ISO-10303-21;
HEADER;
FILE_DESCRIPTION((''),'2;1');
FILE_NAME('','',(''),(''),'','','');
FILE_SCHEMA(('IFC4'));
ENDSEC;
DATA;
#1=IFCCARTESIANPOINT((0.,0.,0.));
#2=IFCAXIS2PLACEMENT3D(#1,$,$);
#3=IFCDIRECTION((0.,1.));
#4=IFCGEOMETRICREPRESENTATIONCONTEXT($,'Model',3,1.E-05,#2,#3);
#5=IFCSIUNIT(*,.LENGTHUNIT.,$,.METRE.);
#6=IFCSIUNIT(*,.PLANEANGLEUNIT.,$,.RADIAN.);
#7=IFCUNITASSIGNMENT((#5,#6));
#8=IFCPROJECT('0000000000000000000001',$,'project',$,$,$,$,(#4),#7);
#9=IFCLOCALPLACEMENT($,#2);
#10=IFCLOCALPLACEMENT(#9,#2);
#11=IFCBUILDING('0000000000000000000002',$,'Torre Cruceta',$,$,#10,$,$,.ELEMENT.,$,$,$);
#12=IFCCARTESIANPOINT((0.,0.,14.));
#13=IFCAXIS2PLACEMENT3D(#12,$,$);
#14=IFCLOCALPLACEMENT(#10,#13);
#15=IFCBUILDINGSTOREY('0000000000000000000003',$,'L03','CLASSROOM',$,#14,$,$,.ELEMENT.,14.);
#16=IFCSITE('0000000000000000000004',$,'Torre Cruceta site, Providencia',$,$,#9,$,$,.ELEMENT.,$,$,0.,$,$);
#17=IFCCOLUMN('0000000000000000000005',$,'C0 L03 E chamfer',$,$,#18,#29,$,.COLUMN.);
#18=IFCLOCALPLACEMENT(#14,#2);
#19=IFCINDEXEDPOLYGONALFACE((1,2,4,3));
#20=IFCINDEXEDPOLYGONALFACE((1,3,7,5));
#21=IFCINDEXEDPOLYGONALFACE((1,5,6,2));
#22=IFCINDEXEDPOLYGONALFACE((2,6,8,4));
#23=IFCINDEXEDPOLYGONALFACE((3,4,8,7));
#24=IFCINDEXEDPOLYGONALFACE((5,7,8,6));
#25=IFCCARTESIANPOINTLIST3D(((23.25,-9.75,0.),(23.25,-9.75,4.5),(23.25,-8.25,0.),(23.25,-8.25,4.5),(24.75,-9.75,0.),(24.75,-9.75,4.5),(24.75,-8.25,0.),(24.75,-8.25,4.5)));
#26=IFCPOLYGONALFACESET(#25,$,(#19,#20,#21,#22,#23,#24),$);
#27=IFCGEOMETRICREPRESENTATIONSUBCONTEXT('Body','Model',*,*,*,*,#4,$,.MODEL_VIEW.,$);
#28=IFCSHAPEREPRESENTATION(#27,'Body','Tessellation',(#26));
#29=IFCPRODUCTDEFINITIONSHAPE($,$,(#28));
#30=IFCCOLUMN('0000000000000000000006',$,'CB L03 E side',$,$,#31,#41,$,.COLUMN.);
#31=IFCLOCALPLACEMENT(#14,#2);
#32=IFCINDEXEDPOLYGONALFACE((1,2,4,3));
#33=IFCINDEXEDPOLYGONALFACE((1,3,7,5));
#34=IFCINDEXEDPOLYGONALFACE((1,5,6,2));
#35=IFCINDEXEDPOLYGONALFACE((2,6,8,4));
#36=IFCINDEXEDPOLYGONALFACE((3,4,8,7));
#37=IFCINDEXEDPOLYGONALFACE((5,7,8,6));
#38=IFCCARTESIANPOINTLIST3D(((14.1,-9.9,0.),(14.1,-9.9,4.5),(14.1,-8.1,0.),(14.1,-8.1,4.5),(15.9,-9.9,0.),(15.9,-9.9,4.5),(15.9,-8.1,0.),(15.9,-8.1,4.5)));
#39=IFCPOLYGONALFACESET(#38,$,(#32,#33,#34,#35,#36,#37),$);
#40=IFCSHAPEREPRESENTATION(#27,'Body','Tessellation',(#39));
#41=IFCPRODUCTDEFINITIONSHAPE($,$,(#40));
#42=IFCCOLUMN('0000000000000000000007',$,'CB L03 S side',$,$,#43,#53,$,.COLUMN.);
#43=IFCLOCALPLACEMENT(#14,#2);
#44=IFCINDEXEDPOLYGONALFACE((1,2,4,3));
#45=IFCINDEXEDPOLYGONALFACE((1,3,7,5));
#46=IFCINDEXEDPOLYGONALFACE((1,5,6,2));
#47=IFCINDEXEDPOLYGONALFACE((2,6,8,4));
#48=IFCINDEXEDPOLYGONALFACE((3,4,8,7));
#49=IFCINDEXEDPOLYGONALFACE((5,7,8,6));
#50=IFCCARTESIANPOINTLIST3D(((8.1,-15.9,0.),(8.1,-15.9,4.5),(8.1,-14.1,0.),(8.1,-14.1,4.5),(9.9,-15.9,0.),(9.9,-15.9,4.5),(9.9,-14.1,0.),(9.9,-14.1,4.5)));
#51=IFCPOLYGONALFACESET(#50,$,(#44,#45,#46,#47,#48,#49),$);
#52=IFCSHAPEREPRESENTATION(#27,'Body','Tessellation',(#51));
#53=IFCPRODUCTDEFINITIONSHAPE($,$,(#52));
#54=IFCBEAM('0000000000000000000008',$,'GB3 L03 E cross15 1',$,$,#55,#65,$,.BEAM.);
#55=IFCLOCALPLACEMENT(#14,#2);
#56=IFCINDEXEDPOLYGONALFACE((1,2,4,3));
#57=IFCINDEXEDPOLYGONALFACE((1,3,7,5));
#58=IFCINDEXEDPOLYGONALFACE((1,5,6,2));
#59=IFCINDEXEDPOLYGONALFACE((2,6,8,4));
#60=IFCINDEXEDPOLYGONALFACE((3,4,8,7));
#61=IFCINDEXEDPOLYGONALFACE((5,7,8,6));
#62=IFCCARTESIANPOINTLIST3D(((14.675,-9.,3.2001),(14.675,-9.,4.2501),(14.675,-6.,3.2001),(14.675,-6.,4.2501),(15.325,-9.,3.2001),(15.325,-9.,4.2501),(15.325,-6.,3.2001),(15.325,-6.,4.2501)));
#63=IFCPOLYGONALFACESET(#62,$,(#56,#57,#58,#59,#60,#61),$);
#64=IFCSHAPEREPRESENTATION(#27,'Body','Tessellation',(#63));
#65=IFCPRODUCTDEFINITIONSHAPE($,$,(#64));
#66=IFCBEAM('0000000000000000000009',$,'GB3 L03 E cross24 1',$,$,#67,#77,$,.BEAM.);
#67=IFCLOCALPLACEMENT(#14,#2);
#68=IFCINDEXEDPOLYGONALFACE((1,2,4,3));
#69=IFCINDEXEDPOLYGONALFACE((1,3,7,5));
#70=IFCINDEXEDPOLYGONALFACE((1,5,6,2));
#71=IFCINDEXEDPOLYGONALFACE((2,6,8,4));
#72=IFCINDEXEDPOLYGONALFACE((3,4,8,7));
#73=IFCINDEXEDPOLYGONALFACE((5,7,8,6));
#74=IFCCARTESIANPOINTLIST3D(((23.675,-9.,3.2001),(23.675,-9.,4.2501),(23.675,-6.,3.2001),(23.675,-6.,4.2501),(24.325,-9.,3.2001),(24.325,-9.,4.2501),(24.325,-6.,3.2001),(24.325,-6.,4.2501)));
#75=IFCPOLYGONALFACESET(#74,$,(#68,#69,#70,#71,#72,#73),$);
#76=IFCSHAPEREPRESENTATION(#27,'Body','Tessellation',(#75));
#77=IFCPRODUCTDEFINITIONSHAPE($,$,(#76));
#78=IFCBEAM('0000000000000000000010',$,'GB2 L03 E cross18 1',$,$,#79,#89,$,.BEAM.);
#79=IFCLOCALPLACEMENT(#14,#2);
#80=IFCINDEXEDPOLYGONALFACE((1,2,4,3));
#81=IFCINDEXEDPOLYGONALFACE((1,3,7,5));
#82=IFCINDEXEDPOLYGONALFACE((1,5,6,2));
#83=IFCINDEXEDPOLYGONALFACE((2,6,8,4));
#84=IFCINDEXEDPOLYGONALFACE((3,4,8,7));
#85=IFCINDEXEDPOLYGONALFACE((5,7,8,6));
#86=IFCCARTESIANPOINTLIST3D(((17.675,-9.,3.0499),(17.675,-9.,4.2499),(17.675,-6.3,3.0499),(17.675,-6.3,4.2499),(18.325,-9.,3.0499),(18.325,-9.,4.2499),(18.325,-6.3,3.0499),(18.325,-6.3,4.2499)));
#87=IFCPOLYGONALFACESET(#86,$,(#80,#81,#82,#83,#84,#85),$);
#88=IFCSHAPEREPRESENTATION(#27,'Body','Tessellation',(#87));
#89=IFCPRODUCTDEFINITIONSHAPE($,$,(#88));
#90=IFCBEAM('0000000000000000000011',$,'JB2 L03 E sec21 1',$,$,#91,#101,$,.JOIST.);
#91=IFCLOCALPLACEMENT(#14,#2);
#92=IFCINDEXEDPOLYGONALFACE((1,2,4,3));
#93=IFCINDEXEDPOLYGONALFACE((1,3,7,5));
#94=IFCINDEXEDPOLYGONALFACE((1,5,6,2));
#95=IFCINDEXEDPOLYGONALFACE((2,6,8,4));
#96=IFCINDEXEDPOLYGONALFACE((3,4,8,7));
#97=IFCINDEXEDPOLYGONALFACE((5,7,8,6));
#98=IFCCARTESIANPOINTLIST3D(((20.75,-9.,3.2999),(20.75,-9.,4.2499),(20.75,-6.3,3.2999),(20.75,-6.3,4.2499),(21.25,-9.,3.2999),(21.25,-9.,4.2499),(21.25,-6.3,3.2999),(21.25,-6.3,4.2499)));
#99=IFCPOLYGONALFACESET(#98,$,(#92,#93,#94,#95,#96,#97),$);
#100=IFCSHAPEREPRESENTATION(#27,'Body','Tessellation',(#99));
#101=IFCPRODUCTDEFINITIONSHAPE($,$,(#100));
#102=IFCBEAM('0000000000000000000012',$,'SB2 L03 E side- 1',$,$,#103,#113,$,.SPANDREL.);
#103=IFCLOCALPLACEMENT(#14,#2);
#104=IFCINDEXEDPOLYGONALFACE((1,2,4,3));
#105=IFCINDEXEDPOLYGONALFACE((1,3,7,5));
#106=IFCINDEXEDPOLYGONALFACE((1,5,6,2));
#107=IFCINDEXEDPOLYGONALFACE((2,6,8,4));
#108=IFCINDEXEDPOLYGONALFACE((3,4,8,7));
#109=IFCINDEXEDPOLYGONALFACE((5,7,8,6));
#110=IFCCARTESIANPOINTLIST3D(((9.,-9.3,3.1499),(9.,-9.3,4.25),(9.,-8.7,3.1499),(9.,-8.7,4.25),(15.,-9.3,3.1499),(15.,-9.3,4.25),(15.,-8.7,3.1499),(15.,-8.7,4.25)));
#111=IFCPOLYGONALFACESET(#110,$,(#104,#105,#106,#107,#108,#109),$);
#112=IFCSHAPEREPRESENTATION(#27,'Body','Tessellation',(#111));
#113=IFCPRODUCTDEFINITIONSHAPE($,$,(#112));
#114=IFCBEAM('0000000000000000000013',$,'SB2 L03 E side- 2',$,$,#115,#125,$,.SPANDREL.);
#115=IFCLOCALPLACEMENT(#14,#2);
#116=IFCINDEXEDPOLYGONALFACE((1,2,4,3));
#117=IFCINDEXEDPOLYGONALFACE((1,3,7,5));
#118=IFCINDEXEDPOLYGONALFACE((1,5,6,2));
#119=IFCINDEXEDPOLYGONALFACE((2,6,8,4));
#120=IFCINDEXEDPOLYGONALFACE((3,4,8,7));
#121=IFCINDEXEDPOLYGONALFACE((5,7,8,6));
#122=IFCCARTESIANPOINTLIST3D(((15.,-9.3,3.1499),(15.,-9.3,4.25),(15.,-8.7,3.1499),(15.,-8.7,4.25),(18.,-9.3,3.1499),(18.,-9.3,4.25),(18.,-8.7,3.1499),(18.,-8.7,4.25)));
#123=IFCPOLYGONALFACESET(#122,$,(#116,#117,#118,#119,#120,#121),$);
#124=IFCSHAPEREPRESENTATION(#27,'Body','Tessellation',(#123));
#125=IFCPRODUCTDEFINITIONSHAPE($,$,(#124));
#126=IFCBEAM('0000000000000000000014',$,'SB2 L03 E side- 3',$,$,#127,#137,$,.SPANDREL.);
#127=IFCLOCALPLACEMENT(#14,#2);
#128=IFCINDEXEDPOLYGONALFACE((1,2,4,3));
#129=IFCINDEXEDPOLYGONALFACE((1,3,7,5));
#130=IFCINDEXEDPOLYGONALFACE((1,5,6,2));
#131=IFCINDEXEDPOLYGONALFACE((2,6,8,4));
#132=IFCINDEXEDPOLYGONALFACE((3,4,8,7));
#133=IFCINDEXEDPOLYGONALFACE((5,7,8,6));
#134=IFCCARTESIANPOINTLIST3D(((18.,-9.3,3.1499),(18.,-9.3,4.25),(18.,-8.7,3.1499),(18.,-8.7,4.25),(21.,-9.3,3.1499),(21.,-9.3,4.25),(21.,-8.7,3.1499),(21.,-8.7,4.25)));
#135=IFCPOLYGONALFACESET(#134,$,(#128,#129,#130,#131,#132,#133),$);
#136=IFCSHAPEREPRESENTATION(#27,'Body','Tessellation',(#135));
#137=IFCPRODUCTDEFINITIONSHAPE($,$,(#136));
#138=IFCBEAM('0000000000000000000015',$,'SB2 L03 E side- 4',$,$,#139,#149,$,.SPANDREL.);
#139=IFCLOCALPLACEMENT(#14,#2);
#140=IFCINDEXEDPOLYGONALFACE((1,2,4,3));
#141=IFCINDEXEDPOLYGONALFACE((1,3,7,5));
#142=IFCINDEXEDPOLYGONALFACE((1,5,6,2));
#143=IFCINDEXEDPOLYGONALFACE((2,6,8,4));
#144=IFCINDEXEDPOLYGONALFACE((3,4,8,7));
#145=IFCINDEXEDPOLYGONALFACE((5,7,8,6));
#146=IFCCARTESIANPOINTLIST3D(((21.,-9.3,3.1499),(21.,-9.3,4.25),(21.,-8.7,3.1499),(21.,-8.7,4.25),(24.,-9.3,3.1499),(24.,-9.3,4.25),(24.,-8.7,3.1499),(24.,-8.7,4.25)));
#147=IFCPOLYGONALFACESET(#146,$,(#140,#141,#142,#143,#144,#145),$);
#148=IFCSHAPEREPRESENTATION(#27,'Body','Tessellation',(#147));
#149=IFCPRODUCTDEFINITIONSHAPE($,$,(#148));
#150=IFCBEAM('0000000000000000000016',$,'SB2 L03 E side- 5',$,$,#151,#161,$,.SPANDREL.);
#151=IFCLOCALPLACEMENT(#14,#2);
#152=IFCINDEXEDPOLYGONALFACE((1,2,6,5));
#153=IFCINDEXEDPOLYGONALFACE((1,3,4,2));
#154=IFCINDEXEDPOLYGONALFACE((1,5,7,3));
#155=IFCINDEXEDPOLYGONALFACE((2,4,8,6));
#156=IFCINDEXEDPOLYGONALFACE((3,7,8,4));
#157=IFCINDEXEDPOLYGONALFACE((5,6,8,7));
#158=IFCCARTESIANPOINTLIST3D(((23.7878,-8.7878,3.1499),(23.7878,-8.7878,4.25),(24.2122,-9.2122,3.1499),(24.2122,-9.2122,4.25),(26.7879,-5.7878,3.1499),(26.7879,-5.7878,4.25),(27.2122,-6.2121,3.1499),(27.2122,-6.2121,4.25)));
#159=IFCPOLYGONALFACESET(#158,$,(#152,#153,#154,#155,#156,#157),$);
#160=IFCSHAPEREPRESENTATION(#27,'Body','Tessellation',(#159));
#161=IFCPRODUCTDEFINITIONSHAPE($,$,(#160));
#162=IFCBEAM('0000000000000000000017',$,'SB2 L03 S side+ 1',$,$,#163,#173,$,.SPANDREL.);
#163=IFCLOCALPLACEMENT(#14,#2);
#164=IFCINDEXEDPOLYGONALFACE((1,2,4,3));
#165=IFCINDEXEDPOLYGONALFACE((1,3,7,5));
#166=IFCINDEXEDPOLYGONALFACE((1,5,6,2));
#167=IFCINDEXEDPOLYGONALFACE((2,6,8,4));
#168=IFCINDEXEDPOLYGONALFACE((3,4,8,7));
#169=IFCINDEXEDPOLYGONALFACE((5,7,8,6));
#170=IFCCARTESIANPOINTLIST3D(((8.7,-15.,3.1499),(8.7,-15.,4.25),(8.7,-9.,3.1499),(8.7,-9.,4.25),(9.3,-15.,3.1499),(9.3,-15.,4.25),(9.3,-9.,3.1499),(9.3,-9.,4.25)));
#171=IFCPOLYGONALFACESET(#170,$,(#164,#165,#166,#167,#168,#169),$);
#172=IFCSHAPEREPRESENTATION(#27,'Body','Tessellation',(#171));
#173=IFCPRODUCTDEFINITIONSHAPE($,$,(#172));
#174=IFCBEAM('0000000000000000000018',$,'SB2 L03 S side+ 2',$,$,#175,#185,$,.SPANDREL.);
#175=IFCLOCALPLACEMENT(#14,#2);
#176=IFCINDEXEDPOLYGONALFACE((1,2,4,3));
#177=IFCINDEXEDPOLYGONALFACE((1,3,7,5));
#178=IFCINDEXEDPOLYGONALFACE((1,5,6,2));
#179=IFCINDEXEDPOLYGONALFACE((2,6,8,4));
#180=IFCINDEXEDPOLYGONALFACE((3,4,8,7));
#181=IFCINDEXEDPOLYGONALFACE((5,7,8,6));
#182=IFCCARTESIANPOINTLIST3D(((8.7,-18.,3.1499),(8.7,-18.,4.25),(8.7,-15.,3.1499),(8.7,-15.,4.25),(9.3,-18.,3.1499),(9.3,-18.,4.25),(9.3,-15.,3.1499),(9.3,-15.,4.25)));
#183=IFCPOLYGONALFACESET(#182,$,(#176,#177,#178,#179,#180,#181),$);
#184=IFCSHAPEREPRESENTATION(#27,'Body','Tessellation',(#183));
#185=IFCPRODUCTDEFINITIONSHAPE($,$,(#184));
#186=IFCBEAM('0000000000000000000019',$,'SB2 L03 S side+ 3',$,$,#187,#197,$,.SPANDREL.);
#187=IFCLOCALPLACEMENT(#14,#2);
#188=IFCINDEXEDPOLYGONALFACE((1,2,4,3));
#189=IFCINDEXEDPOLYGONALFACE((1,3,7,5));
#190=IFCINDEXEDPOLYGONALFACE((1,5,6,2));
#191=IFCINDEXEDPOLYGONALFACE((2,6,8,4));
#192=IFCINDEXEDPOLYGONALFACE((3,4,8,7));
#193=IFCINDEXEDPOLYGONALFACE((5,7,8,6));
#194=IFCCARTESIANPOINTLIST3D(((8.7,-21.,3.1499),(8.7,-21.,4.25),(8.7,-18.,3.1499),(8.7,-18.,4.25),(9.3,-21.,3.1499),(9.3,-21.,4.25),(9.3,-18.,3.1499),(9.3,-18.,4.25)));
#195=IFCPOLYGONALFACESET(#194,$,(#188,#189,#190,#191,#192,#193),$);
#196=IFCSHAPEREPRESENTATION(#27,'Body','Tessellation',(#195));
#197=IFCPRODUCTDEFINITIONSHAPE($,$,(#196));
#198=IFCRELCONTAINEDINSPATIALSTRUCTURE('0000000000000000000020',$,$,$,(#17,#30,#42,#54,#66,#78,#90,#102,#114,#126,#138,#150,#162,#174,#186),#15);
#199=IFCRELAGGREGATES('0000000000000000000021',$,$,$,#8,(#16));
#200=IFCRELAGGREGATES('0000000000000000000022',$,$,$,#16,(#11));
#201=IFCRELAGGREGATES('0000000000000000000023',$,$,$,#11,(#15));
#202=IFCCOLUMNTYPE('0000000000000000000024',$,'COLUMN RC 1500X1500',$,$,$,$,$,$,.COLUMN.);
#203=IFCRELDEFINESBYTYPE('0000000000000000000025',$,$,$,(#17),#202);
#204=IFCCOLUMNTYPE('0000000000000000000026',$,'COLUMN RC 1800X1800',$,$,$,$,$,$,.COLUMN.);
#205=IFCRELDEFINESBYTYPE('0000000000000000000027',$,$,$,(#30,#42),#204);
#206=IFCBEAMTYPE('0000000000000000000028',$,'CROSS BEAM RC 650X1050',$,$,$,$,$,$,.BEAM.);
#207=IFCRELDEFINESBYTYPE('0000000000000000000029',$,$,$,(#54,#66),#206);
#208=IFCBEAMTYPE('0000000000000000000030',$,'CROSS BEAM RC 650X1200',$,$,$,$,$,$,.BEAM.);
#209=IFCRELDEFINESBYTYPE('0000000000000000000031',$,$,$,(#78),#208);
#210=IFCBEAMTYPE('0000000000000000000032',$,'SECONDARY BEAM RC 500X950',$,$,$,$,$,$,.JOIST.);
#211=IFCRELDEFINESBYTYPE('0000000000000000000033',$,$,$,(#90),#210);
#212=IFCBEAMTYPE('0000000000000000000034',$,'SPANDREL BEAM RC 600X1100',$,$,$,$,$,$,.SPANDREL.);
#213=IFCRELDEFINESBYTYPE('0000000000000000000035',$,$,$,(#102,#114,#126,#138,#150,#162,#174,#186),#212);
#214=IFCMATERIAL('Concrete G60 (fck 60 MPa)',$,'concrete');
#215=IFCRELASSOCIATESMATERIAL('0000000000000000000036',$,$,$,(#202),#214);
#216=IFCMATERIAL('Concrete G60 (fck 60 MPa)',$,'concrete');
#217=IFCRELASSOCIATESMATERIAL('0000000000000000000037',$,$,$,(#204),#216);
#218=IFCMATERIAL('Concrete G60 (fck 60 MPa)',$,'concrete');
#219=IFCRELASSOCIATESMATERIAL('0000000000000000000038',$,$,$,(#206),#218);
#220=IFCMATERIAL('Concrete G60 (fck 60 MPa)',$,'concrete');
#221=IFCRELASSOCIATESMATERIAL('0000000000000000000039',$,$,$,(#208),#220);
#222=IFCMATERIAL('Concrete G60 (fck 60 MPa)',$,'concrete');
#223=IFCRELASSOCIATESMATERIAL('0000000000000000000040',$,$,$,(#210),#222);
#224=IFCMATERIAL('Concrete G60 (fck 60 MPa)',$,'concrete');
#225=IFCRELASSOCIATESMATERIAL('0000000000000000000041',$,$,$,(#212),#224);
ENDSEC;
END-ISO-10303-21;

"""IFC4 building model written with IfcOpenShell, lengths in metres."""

from ifc_helpers import new_model, si_unit, direction, frame, origin, origin_2d, place, context, subcontext, project, spatial, rectangle, extrude, material, material_profile, profile_set, type_object, element, save


model = new_model("IFC4")

# Units and contexts
model_context = context("Model", 3, precision=1e-05, world=origin(), true_north=direction((0.0, 1.0)))
body_context = subcontext(model_context, "Body", "Model", "MODEL_VIEW")
ifc_project = project(units=[si_unit("LENGTHUNIT", "METRE"), si_unit("PLANEANGLEUNIT", "RADIAN")], contexts=[model_context])

# Site, building, storey
site_placement = place(None, origin())
site = spatial("IfcSite", under=ifc_project, at=site_placement, Name="Torre Cruceta site, Providencia", CompositionType="ELEMENT", RefElevation=0.0)
building_placement = place(site_placement, origin())
building = spatial("IfcBuilding", under=site, at=building_placement, Name="Torre Cruceta", CompositionType="ELEMENT")
storey_placement = place(building_placement, frame((0.0, 0.0, 14.0)))
storey = spatial("IfcBuildingStorey", under=building, at=storey_placement, Name="L03", Description="CLASSROOM", CompositionType="ELEMENT", Elevation=14.0)

# Columns
ifc_material_1 = material(Name="Concrete G60 (fck 60 MPa)", Category="concrete")
ifc_material_profile_1 = material_profile(ifc_material_1, rectangle(XDim=1.5, YDim=1.5, at=origin_2d()), Name="RC 1500X1500")
ifc_profile_set_1 = profile_set([ifc_material_profile_1], Name="Concrete G60 (fck 60 MPa)")
column_type_1 = type_object("IfcColumnType", Name="COLUMN RC 1500X1500", PredefinedType="COLUMN", material=ifc_profile_set_1)
column_placement = place(storey_placement, frame((24.0, -9.0, 0.0), z_axis=(0.0, 0.0, 1.0), x_axis=(1.0, 0.0, 0.0)))
element("IfcColumn", 1, at=column_placement, inside=storey, type_object=column_type_1, Name="C0 L03 E chamfer", PredefinedType="COLUMN", context=body_context, shape_type="SweptSolid", body=[
    extrude(rectangle(XDim=1.5, YDim=1.5, at=origin_2d()), origin(), (0.0, 0.0, 1.0), 4.5),
])
ifc_material_2 = material(Name="Concrete G60 (fck 60 MPa)", Category="concrete")
ifc_material_profile_2 = material_profile(ifc_material_2, rectangle(XDim=1.8, YDim=1.8, at=origin_2d()), Name="RC 1800X1800")
ifc_profile_set_2 = profile_set([ifc_material_profile_2], Name="Concrete G60 (fck 60 MPa)")
column_type_2 = type_object("IfcColumnType", Name="COLUMN RC 1800X1800", PredefinedType="COLUMN", material=ifc_profile_set_2)
for number, where, z_axis, x_axis, name in (
    (2, (15.0, -9.0, 0.0), (0.0, 0.0, 1.0), (1.0, 0.0, 0.0), "CB L03 E side"),
    (3, (9.0, -15.0, 0.0), (0.0, 0.0, 1.0), (1.0, 0.0, 0.0), "CB L03 S side"),
):
    element("IfcColumn", number, at=place(storey_placement, frame(where, z_axis=z_axis, x_axis=x_axis)), inside=storey, type_object=column_type_2, Name=name, PredefinedType="COLUMN", context=body_context, shape_type="SweptSolid", body=[
        extrude(rectangle(XDim=1.8, YDim=1.8, at=origin_2d()), origin(), (0.0, 0.0, 1.0), 4.5),
    ])

# Beams
ifc_material_3 = material(Name="Concrete G60 (fck 60 MPa)", Category="concrete")
ifc_material_profile_3 = material_profile(ifc_material_3, rectangle(XDim=0.6499, YDim=1.05, at=origin_2d()), Name="RC 650X1050")
ifc_profile_set_3 = profile_set([ifc_material_profile_3], Name="Concrete G60 (fck 60 MPa)")
beam_type_1 = type_object("IfcBeamType", Name="CROSS BEAM RC 650X1050", PredefinedType="BEAM", material=ifc_profile_set_3)
for number, where, z_axis, x_axis, name in (
    (4, (15.0, -9.0, 3.7251), (0.0, 1.0, 0.0), (-1.0, 0.0, 0.0), "GB3 L03 E cross15 1"),
    (5, (24.0, -9.0, 3.7251), (0.0, 1.0, 0.0), (-1.0, 0.0, 0.0), "GB3 L03 E cross24 1"),
):
    element("IfcBeam", number, at=place(storey_placement, frame(where, z_axis=z_axis, x_axis=x_axis)), inside=storey, type_object=beam_type_1, Name=name, PredefinedType="BEAM", context=body_context, shape_type="SweptSolid", body=[
        extrude(rectangle(XDim=0.6499, YDim=1.05, at=origin_2d()), origin(), (0.0, 0.0, 1.0), 3.0),
    ])
ifc_material_4 = material(Name="Concrete G60 (fck 60 MPa)", Category="concrete")
ifc_material_profile_4 = material_profile(ifc_material_4, rectangle(XDim=0.6499, YDim=1.2, at=origin_2d()), Name="RC 650X1200")
ifc_profile_set_4 = profile_set([ifc_material_profile_4], Name="Concrete G60 (fck 60 MPa)")
beam_type_2 = type_object("IfcBeamType", Name="CROSS BEAM RC 650X1200", PredefinedType="BEAM", material=ifc_profile_set_4)
beam_1_placement = place(storey_placement, frame((18.0, -9.0, 3.6499), z_axis=(0.0, 1.0, 0.0), x_axis=(-1.0, 0.0, 0.0)))
element("IfcBeam", 6, at=beam_1_placement, inside=storey, type_object=beam_type_2, Name="GB2 L03 E cross18 1", PredefinedType="BEAM", context=body_context, shape_type="SweptSolid", body=[
    extrude(rectangle(XDim=0.6499, YDim=1.2, at=origin_2d()), origin(), (0.0, 0.0, 1.0), 2.7),
])
ifc_material_5 = material(Name="Concrete G60 (fck 60 MPa)", Category="concrete")
ifc_material_profile_5 = material_profile(ifc_material_5, rectangle(XDim=0.5, YDim=0.95, at=origin_2d()), Name="RC 500X950")
ifc_profile_set_5 = profile_set([ifc_material_profile_5], Name="Concrete G60 (fck 60 MPa)")
beam_type_3 = type_object("IfcBeamType", Name="SECONDARY BEAM RC 500X950", PredefinedType="JOIST", material=ifc_profile_set_5)
beam_2_placement = place(storey_placement, frame((21.0, -9.0, 3.7749), z_axis=(0.0, 1.0, 0.0), x_axis=(-1.0, 0.0, 0.0)))
element("IfcBeam", 7, at=beam_2_placement, inside=storey, type_object=beam_type_3, Name="JB2 L03 E sec21 1", PredefinedType="JOIST", context=body_context, shape_type="SweptSolid", body=[
    extrude(rectangle(XDim=0.5, YDim=0.95, at=origin_2d()), origin(), (0.0, 0.0, 1.0), 2.7),
])
ifc_material_6 = material(Name="Concrete G60 (fck 60 MPa)", Category="concrete")
ifc_material_profile_6 = material_profile(ifc_material_6, rectangle(XDim=0.6001, YDim=1.1001, at=origin_2d()), Name="RC 600X1100")
ifc_profile_set_6 = profile_set([ifc_material_profile_6], Name="Concrete G60 (fck 60 MPa)")
beam_type_4 = type_object("IfcBeamType", Name="SPANDREL BEAM RC 600X1100", PredefinedType="SPANDREL", material=ifc_profile_set_6)
beam_3_placement = place(storey_placement, frame((9.0, -9.0, 3.7), z_axis=(1.0, 0.0, 0.0), x_axis=(0.0, 1.0, 0.0)))
element("IfcBeam", 8, at=beam_3_placement, inside=storey, type_object=beam_type_4, Name="SB2 L03 E side- 1", PredefinedType="SPANDREL", context=body_context, shape_type="SweptSolid", body=[
    extrude(rectangle(XDim=0.6001, YDim=1.1001, at=origin_2d()), origin(), (0.0, 0.0, 1.0), 6.0),
])
for number, where, z_axis, x_axis, name in (
    (9, (15.0, -9.0, 3.7), (1.0, 0.0, 0.0), (0.0, 1.0, 0.0), "SB2 L03 E side- 2"),
    (10, (18.0, -9.0, 3.7), (1.0, 0.0, 0.0), (0.0, 1.0, 0.0), "SB2 L03 E side- 3"),
    (11, (21.0, -9.0, 3.7), (1.0, 0.0, 0.0), (0.0, 1.0, 0.0), "SB2 L03 E side- 4"),
):
    element("IfcBeam", number, at=place(storey_placement, frame(where, z_axis=z_axis, x_axis=x_axis)), inside=storey, type_object=beam_type_4, Name=name, PredefinedType="SPANDREL", context=body_context, shape_type="SweptSolid", body=[
        extrude(rectangle(XDim=0.6001, YDim=1.1001, at=origin_2d()), origin(), (0.0, 0.0, 1.0), 3.0),
    ])
beam_4_placement = place(storey_placement, frame((24.0, -9.0, 3.7), z_axis=(0.707107, 0.707107, 0.0), x_axis=(-0.707107, 0.707107, 0.0)))
element("IfcBeam", 12, at=beam_4_placement, inside=storey, type_object=beam_type_4, Name="SB2 L03 E side- 5", PredefinedType="SPANDREL", context=body_context, shape_type="SweptSolid", body=[
    extrude(rectangle(XDim=0.6001, YDim=1.1001, at=origin_2d()), origin(), (0.0, 0.0, 1.0), 4.2427),
])
beam_5_placement = place(storey_placement, frame((9.0, -9.0, 3.7), z_axis=(0.0, -1.0, 0.0), x_axis=(1.0, 0.0, 0.0)))
element("IfcBeam", 13, at=beam_5_placement, inside=storey, type_object=beam_type_4, Name="SB2 L03 S side+ 1", PredefinedType="SPANDREL", context=body_context, shape_type="SweptSolid", body=[
    extrude(rectangle(XDim=0.6001, YDim=1.1001, at=origin_2d()), origin(), (0.0, 0.0, 1.0), 6.0),
])
for number, where, z_axis, x_axis, name in (
    (14, (9.0, -15.0, 3.7), (0.0, -1.0, 0.0), (1.0, 0.0, 0.0), "SB2 L03 S side+ 2"),
    (15, (9.0, -18.0, 3.7), (0.0, -1.0, 0.0), (1.0, 0.0, 0.0), "SB2 L03 S side+ 3"),
):
    element("IfcBeam", number, at=place(storey_placement, frame(where, z_axis=z_axis, x_axis=x_axis)), inside=storey, type_object=beam_type_4, Name=name, PredefinedType="SPANDREL", context=body_context, shape_type="SweptSolid", body=[
        extrude(rectangle(XDim=0.6001, YDim=1.1001, at=origin_2d()), origin(), (0.0, 0.0, 1.0), 3.0),
    ])

save(model, "model.ifc")
